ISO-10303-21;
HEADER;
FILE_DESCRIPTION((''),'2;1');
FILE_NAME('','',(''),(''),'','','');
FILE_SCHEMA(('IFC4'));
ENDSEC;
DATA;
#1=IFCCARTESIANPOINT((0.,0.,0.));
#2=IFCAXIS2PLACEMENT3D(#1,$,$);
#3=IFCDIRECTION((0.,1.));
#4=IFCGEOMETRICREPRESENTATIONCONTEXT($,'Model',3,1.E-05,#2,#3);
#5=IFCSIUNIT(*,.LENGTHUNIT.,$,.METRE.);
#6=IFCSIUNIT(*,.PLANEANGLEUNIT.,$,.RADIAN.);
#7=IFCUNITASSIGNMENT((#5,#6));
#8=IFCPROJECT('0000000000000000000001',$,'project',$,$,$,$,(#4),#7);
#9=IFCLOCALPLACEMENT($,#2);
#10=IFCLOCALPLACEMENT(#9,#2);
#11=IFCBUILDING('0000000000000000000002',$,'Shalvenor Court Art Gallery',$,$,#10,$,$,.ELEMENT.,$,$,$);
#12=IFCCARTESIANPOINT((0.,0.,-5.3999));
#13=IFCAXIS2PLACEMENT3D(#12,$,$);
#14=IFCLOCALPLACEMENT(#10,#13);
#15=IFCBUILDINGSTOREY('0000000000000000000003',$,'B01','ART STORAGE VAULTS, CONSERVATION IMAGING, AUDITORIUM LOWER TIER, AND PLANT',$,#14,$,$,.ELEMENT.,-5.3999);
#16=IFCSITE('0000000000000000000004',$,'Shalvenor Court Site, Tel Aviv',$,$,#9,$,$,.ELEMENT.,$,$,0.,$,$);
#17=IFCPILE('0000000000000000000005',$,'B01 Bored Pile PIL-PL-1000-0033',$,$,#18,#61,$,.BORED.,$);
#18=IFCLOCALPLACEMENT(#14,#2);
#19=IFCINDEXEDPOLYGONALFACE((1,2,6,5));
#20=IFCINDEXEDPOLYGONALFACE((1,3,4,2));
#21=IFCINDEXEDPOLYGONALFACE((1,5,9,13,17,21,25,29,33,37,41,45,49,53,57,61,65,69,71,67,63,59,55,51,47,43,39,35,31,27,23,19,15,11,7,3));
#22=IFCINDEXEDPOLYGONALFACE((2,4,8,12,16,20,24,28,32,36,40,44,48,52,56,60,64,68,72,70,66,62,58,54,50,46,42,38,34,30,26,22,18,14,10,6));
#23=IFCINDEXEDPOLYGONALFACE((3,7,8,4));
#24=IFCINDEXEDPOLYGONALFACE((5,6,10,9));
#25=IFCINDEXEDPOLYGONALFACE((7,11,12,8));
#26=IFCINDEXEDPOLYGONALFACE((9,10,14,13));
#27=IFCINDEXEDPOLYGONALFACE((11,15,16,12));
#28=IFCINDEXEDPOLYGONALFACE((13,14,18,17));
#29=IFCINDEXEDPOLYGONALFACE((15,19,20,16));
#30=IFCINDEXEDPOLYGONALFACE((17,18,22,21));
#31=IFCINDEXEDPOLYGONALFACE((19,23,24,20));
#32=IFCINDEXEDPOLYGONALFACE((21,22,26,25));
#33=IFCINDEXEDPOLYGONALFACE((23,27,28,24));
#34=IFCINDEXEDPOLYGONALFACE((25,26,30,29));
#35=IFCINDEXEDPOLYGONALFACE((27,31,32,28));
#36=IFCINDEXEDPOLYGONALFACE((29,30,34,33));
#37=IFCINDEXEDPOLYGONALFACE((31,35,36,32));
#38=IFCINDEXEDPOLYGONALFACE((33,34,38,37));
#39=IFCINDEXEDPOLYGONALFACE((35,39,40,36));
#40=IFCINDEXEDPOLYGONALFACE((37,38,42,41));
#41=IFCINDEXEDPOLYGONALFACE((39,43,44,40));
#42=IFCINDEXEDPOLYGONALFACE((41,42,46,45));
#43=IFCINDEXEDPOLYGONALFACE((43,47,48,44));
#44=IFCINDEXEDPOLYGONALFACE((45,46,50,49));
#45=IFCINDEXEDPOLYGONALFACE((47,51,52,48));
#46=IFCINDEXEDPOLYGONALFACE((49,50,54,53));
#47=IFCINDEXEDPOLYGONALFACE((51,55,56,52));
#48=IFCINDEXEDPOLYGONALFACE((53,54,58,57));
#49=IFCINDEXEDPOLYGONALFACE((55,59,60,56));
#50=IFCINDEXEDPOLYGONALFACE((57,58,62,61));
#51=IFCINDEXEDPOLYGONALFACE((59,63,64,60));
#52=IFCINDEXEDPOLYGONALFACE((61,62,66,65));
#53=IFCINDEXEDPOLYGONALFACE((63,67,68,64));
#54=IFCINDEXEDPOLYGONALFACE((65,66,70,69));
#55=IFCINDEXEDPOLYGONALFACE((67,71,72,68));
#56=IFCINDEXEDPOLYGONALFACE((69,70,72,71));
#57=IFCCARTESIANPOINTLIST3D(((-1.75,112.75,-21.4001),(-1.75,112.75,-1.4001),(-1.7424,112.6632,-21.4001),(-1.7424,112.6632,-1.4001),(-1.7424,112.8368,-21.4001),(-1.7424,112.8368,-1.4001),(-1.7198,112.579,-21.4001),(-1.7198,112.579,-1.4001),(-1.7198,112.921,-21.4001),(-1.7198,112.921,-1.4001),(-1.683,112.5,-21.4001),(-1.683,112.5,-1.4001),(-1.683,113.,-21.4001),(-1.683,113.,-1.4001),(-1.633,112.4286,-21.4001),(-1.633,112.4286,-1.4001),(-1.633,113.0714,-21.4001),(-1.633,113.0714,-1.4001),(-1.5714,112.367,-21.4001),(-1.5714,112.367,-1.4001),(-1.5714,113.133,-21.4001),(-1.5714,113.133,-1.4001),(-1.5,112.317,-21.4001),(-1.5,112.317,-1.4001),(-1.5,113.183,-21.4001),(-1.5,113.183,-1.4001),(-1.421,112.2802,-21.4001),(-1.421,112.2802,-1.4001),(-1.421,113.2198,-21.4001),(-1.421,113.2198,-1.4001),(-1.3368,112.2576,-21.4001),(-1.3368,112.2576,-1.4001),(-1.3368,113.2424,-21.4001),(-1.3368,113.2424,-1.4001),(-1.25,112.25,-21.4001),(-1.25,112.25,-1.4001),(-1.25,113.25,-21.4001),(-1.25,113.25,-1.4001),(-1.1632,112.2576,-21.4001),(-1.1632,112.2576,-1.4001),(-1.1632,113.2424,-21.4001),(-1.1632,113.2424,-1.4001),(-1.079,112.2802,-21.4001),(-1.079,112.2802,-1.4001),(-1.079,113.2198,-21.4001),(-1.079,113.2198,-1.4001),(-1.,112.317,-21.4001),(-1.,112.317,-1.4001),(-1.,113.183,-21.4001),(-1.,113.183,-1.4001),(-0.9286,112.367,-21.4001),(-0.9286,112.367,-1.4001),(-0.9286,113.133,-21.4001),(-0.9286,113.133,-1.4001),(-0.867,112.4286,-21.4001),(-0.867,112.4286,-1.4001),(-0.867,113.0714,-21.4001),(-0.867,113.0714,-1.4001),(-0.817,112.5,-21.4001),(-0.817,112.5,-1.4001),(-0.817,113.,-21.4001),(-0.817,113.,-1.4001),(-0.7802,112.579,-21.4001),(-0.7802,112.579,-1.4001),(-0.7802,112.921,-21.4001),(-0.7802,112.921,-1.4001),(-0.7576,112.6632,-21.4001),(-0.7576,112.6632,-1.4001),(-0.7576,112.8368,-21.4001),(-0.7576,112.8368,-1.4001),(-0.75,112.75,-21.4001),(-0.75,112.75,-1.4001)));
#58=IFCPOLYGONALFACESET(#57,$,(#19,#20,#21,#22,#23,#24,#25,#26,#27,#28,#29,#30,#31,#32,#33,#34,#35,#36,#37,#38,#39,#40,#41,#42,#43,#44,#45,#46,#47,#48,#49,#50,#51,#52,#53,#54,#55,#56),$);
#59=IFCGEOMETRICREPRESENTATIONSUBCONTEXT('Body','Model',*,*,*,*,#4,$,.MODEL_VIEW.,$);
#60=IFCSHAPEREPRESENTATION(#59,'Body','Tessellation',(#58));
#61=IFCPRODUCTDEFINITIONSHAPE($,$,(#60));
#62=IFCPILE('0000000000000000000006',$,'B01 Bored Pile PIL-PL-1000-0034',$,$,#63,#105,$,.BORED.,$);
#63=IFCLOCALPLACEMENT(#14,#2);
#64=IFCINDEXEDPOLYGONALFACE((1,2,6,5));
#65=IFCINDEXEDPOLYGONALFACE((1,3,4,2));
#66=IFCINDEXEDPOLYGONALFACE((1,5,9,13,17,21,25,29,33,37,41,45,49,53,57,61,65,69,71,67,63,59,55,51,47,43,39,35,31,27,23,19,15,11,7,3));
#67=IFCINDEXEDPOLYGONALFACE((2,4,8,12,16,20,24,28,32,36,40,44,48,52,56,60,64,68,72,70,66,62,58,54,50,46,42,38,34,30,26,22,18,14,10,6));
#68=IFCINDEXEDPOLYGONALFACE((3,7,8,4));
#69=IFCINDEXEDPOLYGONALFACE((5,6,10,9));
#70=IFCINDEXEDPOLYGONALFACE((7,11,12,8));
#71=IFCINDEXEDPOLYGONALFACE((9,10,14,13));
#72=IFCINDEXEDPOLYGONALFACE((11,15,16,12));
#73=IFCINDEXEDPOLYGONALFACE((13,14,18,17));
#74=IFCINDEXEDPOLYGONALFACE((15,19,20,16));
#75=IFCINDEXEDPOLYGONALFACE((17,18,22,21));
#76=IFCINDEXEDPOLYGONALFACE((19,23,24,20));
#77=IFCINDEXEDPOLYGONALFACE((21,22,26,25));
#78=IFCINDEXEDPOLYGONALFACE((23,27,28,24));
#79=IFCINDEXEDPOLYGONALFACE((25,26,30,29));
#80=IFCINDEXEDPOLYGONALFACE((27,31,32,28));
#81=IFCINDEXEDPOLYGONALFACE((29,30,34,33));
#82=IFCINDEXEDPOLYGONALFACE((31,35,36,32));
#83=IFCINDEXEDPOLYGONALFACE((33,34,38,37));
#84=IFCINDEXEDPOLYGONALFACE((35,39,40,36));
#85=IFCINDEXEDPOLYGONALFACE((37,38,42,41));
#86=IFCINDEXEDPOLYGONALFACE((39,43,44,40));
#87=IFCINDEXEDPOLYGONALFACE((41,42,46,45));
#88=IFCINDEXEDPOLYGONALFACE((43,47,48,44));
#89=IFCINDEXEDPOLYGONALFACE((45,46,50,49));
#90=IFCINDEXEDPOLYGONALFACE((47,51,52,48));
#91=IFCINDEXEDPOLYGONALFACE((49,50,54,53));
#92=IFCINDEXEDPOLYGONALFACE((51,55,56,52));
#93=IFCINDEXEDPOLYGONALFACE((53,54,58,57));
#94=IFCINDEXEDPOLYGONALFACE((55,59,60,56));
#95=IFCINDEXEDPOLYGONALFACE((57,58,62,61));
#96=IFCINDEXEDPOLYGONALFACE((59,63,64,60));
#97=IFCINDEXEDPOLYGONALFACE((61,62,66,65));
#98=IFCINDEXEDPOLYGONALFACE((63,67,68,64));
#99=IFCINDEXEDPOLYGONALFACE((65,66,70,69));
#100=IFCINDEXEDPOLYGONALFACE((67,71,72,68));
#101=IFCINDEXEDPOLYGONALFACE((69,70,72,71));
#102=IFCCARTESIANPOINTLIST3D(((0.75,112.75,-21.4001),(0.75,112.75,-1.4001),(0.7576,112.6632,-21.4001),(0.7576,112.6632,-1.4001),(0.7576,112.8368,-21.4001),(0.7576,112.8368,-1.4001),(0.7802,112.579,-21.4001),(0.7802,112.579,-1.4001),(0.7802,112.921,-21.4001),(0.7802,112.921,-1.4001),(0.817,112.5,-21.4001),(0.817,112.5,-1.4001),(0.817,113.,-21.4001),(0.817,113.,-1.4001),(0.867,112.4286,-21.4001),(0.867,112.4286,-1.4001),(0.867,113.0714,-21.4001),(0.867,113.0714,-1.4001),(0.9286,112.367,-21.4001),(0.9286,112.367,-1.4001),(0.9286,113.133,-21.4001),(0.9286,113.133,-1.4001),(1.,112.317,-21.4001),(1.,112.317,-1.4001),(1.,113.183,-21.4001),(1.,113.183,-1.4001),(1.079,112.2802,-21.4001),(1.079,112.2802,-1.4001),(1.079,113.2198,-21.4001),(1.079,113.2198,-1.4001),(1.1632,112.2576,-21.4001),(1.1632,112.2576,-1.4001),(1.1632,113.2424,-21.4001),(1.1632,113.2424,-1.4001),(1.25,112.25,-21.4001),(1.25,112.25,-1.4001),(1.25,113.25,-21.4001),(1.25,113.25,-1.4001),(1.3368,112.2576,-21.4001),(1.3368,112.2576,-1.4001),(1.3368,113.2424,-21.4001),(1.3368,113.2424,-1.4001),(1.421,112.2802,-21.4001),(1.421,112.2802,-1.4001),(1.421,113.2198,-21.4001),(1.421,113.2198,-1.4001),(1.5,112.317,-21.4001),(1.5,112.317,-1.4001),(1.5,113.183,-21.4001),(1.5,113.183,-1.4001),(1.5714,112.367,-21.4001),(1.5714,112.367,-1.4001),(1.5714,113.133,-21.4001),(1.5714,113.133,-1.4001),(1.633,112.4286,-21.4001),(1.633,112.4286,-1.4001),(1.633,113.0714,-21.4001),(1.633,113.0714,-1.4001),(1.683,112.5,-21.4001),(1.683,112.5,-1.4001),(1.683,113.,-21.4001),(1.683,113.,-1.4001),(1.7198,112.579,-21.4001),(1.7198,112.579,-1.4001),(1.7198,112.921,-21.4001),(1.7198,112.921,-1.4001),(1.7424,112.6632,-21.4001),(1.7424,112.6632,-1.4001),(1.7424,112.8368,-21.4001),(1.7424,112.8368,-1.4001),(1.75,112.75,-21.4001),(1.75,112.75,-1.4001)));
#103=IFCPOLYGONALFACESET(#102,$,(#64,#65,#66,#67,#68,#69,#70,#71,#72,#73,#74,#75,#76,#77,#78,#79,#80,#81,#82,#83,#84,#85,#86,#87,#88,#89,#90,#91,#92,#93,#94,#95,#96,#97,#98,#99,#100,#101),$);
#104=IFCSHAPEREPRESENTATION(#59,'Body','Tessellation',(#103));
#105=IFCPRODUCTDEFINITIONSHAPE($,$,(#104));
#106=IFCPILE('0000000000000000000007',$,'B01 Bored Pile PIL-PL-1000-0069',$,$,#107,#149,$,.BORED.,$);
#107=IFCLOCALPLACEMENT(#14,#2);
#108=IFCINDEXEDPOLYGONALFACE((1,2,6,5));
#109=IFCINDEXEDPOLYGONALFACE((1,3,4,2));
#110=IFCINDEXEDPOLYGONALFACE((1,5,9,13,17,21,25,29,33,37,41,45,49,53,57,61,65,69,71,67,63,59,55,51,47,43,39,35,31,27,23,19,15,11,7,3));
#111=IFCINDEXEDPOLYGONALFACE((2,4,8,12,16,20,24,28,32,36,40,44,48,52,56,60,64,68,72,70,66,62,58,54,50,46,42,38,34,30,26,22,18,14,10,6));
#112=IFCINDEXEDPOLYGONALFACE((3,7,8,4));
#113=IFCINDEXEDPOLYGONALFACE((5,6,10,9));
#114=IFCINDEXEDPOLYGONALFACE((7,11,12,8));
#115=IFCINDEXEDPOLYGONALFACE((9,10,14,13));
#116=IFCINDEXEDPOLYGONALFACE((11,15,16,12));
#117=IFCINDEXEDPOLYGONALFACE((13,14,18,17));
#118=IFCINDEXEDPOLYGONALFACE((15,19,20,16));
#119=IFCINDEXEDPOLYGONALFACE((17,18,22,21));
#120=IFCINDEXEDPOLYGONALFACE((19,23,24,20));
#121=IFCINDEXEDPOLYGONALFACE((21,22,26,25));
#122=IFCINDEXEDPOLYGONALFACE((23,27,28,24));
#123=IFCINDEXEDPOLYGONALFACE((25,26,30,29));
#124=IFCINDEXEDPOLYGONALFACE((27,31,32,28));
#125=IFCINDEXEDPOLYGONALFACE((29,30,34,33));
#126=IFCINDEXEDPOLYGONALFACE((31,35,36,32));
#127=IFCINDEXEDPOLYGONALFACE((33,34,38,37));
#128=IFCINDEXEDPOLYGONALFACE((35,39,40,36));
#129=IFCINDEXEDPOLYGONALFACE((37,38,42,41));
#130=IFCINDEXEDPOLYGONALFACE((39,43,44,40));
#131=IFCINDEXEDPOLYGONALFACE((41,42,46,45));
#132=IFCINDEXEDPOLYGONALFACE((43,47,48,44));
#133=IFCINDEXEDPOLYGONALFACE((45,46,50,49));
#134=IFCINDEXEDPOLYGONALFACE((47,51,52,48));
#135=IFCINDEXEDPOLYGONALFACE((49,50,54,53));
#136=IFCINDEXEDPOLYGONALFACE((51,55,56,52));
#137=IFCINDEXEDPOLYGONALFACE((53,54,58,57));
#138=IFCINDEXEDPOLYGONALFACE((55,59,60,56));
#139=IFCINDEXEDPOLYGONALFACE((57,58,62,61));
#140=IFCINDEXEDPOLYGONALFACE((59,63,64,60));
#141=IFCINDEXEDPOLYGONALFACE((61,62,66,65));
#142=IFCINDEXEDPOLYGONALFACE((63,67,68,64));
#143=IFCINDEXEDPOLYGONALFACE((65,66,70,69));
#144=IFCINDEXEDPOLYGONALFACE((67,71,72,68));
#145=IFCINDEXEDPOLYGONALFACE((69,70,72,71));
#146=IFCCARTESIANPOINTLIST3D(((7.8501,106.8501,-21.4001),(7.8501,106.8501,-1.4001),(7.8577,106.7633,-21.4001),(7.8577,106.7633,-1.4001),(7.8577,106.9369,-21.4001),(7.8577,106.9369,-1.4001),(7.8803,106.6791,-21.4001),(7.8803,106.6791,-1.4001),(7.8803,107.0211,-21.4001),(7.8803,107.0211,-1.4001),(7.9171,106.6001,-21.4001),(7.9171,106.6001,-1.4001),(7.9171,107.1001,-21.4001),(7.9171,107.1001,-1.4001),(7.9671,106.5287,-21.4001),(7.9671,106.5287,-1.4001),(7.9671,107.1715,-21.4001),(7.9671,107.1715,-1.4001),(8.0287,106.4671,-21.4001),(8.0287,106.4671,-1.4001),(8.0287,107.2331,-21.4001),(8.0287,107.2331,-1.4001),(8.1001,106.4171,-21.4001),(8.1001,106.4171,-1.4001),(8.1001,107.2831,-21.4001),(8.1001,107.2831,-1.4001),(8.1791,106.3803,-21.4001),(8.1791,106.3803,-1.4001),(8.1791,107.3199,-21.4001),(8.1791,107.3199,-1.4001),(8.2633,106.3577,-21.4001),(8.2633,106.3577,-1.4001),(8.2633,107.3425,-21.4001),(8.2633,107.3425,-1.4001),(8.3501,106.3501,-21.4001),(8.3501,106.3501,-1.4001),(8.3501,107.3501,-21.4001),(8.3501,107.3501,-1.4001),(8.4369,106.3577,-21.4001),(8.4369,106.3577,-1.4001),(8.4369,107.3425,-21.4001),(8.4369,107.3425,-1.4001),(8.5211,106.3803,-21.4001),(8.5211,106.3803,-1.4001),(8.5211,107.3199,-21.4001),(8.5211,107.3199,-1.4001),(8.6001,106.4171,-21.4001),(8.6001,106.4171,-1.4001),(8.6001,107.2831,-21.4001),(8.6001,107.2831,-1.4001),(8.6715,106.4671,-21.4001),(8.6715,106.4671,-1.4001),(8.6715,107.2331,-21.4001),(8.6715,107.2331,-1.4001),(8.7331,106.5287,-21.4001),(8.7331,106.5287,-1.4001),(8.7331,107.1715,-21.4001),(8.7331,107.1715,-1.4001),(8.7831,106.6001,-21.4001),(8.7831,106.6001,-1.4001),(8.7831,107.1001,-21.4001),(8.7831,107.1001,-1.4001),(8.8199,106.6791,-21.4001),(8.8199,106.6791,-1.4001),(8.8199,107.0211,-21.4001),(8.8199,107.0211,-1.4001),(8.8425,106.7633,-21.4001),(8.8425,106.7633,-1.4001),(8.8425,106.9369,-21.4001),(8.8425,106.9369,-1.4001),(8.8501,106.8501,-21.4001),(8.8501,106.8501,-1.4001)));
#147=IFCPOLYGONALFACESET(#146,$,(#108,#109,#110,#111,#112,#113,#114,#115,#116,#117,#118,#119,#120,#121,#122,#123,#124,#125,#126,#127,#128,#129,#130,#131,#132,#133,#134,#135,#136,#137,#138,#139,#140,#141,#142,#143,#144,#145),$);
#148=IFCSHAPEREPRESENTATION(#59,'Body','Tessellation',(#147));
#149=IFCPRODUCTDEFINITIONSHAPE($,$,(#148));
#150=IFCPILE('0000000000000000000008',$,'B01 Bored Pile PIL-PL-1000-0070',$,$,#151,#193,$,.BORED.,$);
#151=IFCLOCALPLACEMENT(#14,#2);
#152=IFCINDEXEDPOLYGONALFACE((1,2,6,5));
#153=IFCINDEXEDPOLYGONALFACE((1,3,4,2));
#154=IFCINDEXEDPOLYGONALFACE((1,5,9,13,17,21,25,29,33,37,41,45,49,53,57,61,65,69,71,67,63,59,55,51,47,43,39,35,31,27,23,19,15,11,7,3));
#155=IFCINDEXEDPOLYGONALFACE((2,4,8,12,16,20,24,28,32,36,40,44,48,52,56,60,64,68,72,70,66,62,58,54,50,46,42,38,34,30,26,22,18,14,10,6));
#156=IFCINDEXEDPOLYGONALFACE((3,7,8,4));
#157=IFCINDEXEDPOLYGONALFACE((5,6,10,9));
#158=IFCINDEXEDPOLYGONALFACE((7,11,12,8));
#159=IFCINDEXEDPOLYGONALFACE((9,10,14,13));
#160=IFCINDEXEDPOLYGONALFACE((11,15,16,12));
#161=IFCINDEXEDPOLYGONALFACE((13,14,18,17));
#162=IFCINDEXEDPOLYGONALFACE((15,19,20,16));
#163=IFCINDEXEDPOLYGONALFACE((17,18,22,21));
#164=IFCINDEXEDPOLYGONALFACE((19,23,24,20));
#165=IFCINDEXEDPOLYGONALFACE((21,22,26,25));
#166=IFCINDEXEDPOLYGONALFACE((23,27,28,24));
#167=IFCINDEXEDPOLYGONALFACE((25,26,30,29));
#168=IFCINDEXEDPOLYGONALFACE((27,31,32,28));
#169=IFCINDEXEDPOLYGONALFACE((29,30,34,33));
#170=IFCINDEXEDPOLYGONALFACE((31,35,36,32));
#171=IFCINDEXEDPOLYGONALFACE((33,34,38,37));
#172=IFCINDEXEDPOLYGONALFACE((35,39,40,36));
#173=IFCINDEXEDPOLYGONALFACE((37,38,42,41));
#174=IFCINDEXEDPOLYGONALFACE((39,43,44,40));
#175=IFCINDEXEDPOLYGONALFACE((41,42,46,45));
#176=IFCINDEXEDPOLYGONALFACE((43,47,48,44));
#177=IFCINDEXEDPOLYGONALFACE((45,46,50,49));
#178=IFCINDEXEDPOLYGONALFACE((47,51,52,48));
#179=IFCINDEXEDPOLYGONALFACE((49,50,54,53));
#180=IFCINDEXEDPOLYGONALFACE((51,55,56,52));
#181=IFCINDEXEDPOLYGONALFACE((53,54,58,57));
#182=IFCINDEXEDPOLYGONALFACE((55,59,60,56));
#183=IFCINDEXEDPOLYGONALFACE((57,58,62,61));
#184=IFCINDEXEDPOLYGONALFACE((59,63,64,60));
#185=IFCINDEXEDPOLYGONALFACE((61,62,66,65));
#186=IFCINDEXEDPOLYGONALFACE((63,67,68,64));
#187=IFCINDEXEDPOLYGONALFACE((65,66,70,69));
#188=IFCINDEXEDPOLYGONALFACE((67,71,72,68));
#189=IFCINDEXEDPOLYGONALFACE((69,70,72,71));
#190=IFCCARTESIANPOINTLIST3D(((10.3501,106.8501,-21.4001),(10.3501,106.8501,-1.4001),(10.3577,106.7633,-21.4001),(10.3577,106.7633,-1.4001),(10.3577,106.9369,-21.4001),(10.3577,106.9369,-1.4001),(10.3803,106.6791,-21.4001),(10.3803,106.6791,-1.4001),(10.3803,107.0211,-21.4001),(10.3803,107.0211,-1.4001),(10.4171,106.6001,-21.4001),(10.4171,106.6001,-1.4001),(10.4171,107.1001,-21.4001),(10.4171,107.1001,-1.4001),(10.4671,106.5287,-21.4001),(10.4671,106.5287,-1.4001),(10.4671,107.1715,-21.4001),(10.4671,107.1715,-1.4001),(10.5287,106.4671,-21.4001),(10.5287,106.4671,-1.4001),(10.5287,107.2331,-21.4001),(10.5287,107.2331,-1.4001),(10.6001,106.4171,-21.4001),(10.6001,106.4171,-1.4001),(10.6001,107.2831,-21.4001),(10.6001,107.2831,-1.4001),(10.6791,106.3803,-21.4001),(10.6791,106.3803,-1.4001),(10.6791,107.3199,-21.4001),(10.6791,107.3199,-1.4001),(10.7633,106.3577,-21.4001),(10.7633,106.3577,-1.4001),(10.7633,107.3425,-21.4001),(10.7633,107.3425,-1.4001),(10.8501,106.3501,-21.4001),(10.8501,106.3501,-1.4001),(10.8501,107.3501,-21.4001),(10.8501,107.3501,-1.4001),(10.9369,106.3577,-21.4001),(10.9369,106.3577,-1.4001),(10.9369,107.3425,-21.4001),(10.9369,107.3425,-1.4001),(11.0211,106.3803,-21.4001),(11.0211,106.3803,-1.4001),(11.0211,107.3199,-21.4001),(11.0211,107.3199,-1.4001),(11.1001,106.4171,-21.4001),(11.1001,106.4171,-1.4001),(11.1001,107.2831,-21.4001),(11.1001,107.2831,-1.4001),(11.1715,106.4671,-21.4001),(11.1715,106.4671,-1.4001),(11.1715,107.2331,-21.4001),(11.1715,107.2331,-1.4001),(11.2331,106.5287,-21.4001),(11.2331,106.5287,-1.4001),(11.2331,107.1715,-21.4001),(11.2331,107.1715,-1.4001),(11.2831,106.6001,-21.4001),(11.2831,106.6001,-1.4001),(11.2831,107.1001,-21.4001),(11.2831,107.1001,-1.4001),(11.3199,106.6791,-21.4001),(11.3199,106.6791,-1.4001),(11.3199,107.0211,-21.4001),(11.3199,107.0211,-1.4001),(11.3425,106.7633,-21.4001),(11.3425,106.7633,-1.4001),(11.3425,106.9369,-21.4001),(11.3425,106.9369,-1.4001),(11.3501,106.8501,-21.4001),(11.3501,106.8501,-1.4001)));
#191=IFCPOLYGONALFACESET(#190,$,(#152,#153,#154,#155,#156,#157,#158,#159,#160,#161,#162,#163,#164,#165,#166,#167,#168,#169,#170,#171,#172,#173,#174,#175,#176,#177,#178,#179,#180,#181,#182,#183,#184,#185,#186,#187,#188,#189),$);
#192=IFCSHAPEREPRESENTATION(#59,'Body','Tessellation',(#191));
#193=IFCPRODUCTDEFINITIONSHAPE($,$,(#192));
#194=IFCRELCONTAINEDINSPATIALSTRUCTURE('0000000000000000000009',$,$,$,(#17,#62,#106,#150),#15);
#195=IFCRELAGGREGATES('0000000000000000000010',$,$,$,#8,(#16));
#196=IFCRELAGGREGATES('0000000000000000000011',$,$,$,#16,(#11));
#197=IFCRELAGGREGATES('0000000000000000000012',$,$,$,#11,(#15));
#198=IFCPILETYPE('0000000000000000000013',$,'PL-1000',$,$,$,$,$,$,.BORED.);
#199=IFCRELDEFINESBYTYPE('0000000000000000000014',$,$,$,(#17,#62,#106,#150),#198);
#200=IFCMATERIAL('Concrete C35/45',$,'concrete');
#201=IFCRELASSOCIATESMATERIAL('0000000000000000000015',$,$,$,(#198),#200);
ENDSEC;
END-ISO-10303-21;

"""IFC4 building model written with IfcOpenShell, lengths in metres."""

from ifc_helpers import new_model, si_unit, direction, frame, origin, origin_2d, place, context, subcontext, project, spatial, circle, extrude, material, material_profile, profile_set, type_object, element, save


model = new_model("IFC4")

# Units and contexts
model_context = context("Model", 3, precision=1e-05, world=origin(), true_north=direction((0.0, 1.0)))
body_context = subcontext(model_context, "Body", "Model", "MODEL_VIEW")
ifc_project = project(units=[si_unit("LENGTHUNIT", "METRE"), si_unit("PLANEANGLEUNIT", "RADIAN")], contexts=[model_context])

# Site, building, storey
site_placement = place(None, origin())
site = spatial("IfcSite", under=ifc_project, at=site_placement, Name="Shalvenor Court Site, Tel Aviv", CompositionType="ELEMENT", RefElevation=0.0)
building_placement = place(site_placement, origin())
building = spatial("IfcBuilding", under=site, at=building_placement, Name="Shalvenor Court Art Gallery", CompositionType="ELEMENT")
storey_placement = place(building_placement, frame((0.0, 0.0, -5.3999)))
storey = spatial("IfcBuildingStorey", under=building, at=storey_placement, Name="B01", Description="ART STORAGE VAULTS, CONSERVATION IMAGING, AUDITORIUM LOWER TIER, AND PLANT", CompositionType="ELEMENT", Elevation=-5.3999)

# Piles
ifc_material_1 = material(Name="Concrete C35/45", Category="concrete")
ifc_material_profile_1 = material_profile(ifc_material_1, circle(Radius=0.5, at=origin_2d()), Name="PILE 1000")
ifc_profile_set_1 = profile_set([ifc_material_profile_1], Name="Concrete C35/45")
pile_type_1 = type_object("IfcPileType", Name="PL-1000", PredefinedType="BORED", material=ifc_profile_set_1)
for number, where, z_axis, x_axis, name in (
    (1, (-1.25, 112.75, -1.4001), (0.0, 0.0, -1.0), (1.0, 0.0, 0.0), "B01 Bored Pile PIL-PL-1000-0033"),
    (2, (1.25, 112.75, -1.4001), (0.0, 0.0, -1.0), (1.0, 0.0, 0.0), "B01 Bored Pile PIL-PL-1000-0034"),
    (3, (8.3501, 106.8501, -1.4001), (0.0, 0.0, -1.0), (1.0, 0.0, 0.0), "B01 Bored Pile PIL-PL-1000-0069"),
    (4, (10.8501, 106.8501, -1.4001), (0.0, 0.0, -1.0), (1.0, 0.0, 0.0), "B01 Bored Pile PIL-PL-1000-0070"),
):
    element("IfcPile", number, at=place(storey_placement, frame(where, z_axis=z_axis, x_axis=x_axis)), inside=storey, type_object=pile_type_1, Name=name, PredefinedType="BORED", context=body_context, shape_type="SweptSolid", body=[
        extrude(circle(Radius=0.5, at=origin_2d()), origin(), (0.0, 0.0, 1.0), 20.0),
    ])

save(model, "model.ifc")
